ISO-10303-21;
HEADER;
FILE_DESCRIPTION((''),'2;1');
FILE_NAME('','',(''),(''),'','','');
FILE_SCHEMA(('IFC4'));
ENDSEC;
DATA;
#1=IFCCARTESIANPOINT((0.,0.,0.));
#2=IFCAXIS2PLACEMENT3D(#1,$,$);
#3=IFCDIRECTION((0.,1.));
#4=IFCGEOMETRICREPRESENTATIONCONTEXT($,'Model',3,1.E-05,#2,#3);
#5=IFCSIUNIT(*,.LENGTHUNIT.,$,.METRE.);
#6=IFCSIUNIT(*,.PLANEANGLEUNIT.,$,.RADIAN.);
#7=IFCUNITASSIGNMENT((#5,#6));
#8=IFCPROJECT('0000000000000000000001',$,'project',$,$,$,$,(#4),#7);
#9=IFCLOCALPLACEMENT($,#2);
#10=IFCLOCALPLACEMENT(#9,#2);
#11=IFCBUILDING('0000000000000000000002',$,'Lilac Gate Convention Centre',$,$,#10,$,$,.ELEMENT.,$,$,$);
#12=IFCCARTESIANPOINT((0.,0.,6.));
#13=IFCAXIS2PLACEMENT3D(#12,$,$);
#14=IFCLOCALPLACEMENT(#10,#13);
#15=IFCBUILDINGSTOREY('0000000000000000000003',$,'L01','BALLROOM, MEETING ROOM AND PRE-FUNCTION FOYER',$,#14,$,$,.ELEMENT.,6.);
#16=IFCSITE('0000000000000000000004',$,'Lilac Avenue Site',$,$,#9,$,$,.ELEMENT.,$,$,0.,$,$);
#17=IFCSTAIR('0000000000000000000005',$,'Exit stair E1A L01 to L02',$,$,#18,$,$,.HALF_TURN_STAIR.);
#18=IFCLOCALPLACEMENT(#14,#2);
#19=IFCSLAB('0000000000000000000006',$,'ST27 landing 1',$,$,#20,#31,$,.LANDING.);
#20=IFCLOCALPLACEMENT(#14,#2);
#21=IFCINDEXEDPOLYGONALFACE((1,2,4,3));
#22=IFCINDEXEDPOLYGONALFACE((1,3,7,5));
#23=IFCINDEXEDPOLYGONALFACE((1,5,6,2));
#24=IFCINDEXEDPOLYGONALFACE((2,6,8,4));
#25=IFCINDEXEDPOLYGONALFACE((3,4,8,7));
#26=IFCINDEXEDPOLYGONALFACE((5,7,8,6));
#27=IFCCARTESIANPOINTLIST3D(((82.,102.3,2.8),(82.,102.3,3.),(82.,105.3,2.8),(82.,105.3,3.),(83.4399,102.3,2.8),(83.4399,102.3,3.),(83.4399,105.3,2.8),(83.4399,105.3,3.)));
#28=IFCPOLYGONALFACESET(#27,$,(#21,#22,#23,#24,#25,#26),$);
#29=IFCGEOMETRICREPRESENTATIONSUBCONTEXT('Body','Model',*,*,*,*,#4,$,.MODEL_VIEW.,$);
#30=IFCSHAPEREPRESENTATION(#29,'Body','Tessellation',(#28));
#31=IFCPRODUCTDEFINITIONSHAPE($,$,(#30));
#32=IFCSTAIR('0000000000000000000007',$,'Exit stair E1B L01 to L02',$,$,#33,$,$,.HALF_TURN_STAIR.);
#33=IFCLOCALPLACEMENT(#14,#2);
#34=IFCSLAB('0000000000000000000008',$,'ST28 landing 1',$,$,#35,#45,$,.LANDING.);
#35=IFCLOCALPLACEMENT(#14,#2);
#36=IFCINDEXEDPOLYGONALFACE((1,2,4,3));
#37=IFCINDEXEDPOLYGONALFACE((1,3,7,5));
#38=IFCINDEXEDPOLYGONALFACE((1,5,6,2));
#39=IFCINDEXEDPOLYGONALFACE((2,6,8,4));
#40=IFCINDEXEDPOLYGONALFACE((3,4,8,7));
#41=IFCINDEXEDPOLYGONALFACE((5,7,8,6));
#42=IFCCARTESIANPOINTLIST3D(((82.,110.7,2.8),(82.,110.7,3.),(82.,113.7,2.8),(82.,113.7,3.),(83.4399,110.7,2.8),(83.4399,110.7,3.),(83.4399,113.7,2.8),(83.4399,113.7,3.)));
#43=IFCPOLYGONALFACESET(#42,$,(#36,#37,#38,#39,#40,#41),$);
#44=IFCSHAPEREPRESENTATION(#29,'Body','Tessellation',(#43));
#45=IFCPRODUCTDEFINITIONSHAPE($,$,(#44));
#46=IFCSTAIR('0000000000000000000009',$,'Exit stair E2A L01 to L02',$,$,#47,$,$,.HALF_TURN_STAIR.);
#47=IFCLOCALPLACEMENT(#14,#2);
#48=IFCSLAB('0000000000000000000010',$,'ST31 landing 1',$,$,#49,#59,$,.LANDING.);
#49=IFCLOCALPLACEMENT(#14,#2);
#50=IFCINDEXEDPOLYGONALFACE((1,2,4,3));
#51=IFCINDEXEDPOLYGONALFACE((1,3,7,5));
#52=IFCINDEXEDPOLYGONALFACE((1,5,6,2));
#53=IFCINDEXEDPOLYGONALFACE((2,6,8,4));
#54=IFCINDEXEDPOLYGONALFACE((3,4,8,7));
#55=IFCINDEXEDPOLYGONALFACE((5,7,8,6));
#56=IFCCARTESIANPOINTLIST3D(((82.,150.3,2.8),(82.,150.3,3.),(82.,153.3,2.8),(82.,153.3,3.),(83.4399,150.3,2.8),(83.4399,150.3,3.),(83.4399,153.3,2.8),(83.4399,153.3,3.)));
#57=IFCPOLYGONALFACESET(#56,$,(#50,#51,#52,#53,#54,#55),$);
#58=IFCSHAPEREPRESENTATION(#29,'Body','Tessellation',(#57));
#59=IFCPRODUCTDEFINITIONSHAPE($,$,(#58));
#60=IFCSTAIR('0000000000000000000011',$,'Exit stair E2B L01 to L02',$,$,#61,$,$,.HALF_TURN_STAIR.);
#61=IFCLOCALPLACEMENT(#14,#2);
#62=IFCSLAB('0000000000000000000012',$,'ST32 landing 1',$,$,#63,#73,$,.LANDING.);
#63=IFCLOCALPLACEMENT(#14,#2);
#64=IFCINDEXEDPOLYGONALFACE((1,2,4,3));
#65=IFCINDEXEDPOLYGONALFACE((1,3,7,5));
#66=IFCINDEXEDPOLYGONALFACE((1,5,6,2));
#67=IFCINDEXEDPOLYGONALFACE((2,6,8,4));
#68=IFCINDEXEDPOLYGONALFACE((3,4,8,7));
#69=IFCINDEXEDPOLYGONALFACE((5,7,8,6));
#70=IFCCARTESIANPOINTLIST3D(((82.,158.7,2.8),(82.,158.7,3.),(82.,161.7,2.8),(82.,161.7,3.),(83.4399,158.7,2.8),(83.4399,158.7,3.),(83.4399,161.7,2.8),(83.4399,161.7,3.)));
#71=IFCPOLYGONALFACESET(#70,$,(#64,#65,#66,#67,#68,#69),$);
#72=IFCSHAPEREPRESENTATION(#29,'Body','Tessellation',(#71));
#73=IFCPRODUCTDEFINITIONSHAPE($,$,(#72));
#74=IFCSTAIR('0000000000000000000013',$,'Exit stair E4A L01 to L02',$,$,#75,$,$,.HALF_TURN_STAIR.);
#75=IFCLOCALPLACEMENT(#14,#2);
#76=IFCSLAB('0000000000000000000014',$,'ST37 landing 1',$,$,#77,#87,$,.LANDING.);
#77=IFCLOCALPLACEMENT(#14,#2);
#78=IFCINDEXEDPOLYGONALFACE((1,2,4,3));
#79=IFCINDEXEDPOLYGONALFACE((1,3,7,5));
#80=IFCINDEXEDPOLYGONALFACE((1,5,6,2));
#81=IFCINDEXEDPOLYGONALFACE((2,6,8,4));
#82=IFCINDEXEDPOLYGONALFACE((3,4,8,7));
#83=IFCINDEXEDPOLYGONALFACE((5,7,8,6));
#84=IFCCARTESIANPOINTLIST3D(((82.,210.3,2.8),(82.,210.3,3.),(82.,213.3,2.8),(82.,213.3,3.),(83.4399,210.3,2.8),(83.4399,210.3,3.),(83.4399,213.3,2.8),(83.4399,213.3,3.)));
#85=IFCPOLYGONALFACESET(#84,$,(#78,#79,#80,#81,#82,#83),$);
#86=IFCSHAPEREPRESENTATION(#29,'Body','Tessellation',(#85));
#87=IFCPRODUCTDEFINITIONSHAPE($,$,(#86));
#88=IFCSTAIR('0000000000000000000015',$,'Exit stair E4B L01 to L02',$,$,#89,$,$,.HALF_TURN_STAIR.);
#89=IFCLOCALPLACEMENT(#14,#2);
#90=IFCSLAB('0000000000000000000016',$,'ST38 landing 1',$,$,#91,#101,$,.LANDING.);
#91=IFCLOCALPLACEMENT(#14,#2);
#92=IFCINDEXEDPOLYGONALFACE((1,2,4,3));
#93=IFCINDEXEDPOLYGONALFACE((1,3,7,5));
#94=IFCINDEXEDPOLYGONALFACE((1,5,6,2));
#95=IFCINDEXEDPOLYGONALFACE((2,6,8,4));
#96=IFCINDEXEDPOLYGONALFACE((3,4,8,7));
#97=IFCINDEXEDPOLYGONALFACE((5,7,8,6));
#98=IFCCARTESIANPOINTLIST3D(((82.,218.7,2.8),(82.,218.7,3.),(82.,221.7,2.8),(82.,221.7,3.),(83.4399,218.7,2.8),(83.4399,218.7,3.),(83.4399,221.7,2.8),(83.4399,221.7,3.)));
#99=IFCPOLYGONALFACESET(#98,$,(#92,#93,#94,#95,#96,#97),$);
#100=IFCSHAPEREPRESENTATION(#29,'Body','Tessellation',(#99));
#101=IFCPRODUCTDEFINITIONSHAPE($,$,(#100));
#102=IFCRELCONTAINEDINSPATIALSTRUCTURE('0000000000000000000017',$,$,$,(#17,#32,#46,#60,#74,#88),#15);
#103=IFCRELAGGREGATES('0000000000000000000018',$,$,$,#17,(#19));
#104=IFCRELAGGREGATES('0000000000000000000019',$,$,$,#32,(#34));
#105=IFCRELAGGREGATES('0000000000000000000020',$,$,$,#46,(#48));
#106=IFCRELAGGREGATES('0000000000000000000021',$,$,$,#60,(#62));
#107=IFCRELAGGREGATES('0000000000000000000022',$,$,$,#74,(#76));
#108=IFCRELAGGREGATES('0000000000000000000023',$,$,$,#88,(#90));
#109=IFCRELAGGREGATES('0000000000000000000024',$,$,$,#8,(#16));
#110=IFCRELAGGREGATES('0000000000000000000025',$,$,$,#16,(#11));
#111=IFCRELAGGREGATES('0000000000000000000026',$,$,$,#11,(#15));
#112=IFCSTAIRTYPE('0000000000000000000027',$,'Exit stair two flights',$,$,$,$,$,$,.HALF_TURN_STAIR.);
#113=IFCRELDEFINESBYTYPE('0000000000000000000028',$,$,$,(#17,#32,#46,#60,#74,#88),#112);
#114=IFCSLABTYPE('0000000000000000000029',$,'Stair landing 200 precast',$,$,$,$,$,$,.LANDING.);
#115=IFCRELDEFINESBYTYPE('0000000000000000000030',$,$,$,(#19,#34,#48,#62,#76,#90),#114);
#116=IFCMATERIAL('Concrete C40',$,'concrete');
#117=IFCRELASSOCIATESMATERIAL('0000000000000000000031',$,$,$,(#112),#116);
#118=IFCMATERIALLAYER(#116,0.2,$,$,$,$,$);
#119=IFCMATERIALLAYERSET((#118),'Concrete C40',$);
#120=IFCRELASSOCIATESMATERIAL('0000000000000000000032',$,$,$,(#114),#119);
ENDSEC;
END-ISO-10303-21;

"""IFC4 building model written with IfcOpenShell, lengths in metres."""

from ifc_helpers import new_model, si_unit, direction, frame, origin, place, context, subcontext, project, spatial, polyline, outline, extrude, material, layer, layer_set, type_object, element, aggregate, save


model = new_model("IFC4")

# Units and contexts
model_context = context("Model", 3, precision=1e-05, world=origin(), true_north=direction((0.0, 1.0)))
body_context = subcontext(model_context, "Body", "Model", "MODEL_VIEW")
ifc_project = project(units=[si_unit("LENGTHUNIT", "METRE"), si_unit("PLANEANGLEUNIT", "RADIAN")], contexts=[model_context])

# Site, building, storey
site_placement = place(None, origin())
site = spatial("IfcSite", under=ifc_project, at=site_placement, Name="Lilac Avenue Site", CompositionType="ELEMENT", RefElevation=0.0)
building_placement = place(site_placement, origin())
building = spatial("IfcBuilding", under=site, at=building_placement, Name="Lilac Gate Convention Centre", CompositionType="ELEMENT")
storey_placement = place(building_placement, frame((0.0, 0.0, 6.0)))
storey = spatial("IfcBuildingStorey", under=building, at=storey_placement, Name="L01", Description="BALLROOM, MEETING ROOM AND PRE-FUNCTION FOYER", CompositionType="ELEMENT", Elevation=6.0)

# Shared definitions
ifc_material = material(Name="Concrete C40", Category="concrete")

# Stairs, slabs
stair_type_1 = type_object("IfcStairType", Name="Exit stair two flights", PredefinedType="HALF_TURN_STAIR", material=ifc_material)
ifc_layer_1 = layer(ifc_material, 0.2)
ifc_layer_set_1 = layer_set([ifc_layer_1], Name="Concrete C40")
slab_type_1 = type_object("IfcSlabType", Name="Stair landing 200 precast", PredefinedType="LANDING", material=ifc_layer_set_1)
stair_1_placement = place(storey_placement, origin())
stair_1 = element("IfcStair", 1, at=stair_1_placement, inside=storey, type_object=stair_type_1, Name="Exit stair E1A L01 to L02", PredefinedType="HALF_TURN_STAIR")
slab_1_placement = place(storey_placement, frame((0.0, 0.0, 2.8)))
slab_1 = element("IfcSlab", 2, at=slab_1_placement, type_object=slab_type_1, Name="ST27 landing 1", PredefinedType="LANDING", context=body_context, shape_type="SweptSolid", body=[
    extrude(outline(polyline([(82.0, 102.3), (83.4399, 102.3), (83.4399, 105.3), (82.0, 105.3), (82.0, 102.3)])), origin(), (0.0, 0.0, 1.0), 0.2),
])
aggregate(stair_1, [slab_1])
stair_2_placement = place(storey_placement, origin())
stair_2 = element("IfcStair", 3, at=stair_2_placement, inside=storey, type_object=stair_type_1, Name="Exit stair E1B L01 to L02", PredefinedType="HALF_TURN_STAIR")
slab_2_placement = place(storey_placement, frame((0.0, 0.0, 2.8)))
slab_2 = element("IfcSlab", 4, at=slab_2_placement, type_object=slab_type_1, Name="ST28 landing 1", PredefinedType="LANDING", context=body_context, shape_type="SweptSolid", body=[
    extrude(outline(polyline([(82.0, 110.7), (83.4399, 110.7), (83.4399, 113.7), (82.0, 113.7), (82.0, 110.7)])), origin(), (0.0, 0.0, 1.0), 0.2),
])
aggregate(stair_2, [slab_2])
stair_3_placement = place(storey_placement, origin())
stair_3 = element("IfcStair", 5, at=stair_3_placement, inside=storey, type_object=stair_type_1, Name="Exit stair E2A L01 to L02", PredefinedType="HALF_TURN_STAIR")
slab_3_placement = place(storey_placement, frame((0.0, 0.0, 2.8)))
slab_3 = element("IfcSlab", 6, at=slab_3_placement, type_object=slab_type_1, Name="ST31 landing 1", PredefinedType="LANDING", context=body_context, shape_type="SweptSolid", body=[
    extrude(outline(polyline([(82.0, 150.3), (83.4399, 150.3), (83.4399, 153.3), (82.0, 153.3), (82.0, 150.3)])), origin(), (0.0, 0.0, 1.0), 0.2),
])
aggregate(stair_3, [slab_3])
stair_4_placement = place(storey_placement, origin())
stair_4 = element("IfcStair", 7, at=stair_4_placement, inside=storey, type_object=stair_type_1, Name="Exit stair E2B L01 to L02", PredefinedType="HALF_TURN_STAIR")
slab_4_placement = place(storey_placement, frame((0.0, 0.0, 2.8)))
slab_4 = element("IfcSlab", 8, at=slab_4_placement, type_object=slab_type_1, Name="ST32 landing 1", PredefinedType="LANDING", context=body_context, shape_type="SweptSolid", body=[
    extrude(outline(polyline([(82.0, 158.7), (83.4399, 158.7), (83.4399, 161.7), (82.0, 161.7), (82.0, 158.7)])), origin(), (0.0, 0.0, 1.0), 0.2),
])
aggregate(stair_4, [slab_4])
stair_5_placement = place(storey_placement, origin())
stair_5 = element("IfcStair", 9, at=stair_5_placement, inside=storey, type_object=stair_type_1, Name="Exit stair E4A L01 to L02", PredefinedType="HALF_TURN_STAIR")
slab_5_placement = place(storey_placement, frame((0.0, 0.0, 2.8)))
slab_5 = element("IfcSlab", 10, at=slab_5_placement, type_object=slab_type_1, Name="ST37 landing 1", PredefinedType="LANDING", context=body_context, shape_type="SweptSolid", body=[
    extrude(outline(polyline([(82.0, 210.3), (83.4399, 210.3), (83.4399, 213.3), (82.0, 213.3), (82.0, 210.3)])), origin(), (0.0, 0.0, 1.0), 0.2),
])
aggregate(stair_5, [slab_5])
stair_6_placement = place(storey_placement, origin())
stair_6 = element("IfcStair", 11, at=stair_6_placement, inside=storey, type_object=stair_type_1, Name="Exit stair E4B L01 to L02", PredefinedType="HALF_TURN_STAIR")
slab_6_placement = place(storey_placement, frame((0.0, 0.0, 2.8)))
slab_6 = element("IfcSlab", 12, at=slab_6_placement, type_object=slab_type_1, Name="ST38 landing 1", PredefinedType="LANDING", context=body_context, shape_type="SweptSolid", body=[
    extrude(outline(polyline([(82.0, 218.7), (83.4399, 218.7), (83.4399, 221.7), (82.0, 221.7), (82.0, 218.7)])), origin(), (0.0, 0.0, 1.0), 0.2),
])
aggregate(stair_6, [slab_6])

save(model, "model.ifc")
